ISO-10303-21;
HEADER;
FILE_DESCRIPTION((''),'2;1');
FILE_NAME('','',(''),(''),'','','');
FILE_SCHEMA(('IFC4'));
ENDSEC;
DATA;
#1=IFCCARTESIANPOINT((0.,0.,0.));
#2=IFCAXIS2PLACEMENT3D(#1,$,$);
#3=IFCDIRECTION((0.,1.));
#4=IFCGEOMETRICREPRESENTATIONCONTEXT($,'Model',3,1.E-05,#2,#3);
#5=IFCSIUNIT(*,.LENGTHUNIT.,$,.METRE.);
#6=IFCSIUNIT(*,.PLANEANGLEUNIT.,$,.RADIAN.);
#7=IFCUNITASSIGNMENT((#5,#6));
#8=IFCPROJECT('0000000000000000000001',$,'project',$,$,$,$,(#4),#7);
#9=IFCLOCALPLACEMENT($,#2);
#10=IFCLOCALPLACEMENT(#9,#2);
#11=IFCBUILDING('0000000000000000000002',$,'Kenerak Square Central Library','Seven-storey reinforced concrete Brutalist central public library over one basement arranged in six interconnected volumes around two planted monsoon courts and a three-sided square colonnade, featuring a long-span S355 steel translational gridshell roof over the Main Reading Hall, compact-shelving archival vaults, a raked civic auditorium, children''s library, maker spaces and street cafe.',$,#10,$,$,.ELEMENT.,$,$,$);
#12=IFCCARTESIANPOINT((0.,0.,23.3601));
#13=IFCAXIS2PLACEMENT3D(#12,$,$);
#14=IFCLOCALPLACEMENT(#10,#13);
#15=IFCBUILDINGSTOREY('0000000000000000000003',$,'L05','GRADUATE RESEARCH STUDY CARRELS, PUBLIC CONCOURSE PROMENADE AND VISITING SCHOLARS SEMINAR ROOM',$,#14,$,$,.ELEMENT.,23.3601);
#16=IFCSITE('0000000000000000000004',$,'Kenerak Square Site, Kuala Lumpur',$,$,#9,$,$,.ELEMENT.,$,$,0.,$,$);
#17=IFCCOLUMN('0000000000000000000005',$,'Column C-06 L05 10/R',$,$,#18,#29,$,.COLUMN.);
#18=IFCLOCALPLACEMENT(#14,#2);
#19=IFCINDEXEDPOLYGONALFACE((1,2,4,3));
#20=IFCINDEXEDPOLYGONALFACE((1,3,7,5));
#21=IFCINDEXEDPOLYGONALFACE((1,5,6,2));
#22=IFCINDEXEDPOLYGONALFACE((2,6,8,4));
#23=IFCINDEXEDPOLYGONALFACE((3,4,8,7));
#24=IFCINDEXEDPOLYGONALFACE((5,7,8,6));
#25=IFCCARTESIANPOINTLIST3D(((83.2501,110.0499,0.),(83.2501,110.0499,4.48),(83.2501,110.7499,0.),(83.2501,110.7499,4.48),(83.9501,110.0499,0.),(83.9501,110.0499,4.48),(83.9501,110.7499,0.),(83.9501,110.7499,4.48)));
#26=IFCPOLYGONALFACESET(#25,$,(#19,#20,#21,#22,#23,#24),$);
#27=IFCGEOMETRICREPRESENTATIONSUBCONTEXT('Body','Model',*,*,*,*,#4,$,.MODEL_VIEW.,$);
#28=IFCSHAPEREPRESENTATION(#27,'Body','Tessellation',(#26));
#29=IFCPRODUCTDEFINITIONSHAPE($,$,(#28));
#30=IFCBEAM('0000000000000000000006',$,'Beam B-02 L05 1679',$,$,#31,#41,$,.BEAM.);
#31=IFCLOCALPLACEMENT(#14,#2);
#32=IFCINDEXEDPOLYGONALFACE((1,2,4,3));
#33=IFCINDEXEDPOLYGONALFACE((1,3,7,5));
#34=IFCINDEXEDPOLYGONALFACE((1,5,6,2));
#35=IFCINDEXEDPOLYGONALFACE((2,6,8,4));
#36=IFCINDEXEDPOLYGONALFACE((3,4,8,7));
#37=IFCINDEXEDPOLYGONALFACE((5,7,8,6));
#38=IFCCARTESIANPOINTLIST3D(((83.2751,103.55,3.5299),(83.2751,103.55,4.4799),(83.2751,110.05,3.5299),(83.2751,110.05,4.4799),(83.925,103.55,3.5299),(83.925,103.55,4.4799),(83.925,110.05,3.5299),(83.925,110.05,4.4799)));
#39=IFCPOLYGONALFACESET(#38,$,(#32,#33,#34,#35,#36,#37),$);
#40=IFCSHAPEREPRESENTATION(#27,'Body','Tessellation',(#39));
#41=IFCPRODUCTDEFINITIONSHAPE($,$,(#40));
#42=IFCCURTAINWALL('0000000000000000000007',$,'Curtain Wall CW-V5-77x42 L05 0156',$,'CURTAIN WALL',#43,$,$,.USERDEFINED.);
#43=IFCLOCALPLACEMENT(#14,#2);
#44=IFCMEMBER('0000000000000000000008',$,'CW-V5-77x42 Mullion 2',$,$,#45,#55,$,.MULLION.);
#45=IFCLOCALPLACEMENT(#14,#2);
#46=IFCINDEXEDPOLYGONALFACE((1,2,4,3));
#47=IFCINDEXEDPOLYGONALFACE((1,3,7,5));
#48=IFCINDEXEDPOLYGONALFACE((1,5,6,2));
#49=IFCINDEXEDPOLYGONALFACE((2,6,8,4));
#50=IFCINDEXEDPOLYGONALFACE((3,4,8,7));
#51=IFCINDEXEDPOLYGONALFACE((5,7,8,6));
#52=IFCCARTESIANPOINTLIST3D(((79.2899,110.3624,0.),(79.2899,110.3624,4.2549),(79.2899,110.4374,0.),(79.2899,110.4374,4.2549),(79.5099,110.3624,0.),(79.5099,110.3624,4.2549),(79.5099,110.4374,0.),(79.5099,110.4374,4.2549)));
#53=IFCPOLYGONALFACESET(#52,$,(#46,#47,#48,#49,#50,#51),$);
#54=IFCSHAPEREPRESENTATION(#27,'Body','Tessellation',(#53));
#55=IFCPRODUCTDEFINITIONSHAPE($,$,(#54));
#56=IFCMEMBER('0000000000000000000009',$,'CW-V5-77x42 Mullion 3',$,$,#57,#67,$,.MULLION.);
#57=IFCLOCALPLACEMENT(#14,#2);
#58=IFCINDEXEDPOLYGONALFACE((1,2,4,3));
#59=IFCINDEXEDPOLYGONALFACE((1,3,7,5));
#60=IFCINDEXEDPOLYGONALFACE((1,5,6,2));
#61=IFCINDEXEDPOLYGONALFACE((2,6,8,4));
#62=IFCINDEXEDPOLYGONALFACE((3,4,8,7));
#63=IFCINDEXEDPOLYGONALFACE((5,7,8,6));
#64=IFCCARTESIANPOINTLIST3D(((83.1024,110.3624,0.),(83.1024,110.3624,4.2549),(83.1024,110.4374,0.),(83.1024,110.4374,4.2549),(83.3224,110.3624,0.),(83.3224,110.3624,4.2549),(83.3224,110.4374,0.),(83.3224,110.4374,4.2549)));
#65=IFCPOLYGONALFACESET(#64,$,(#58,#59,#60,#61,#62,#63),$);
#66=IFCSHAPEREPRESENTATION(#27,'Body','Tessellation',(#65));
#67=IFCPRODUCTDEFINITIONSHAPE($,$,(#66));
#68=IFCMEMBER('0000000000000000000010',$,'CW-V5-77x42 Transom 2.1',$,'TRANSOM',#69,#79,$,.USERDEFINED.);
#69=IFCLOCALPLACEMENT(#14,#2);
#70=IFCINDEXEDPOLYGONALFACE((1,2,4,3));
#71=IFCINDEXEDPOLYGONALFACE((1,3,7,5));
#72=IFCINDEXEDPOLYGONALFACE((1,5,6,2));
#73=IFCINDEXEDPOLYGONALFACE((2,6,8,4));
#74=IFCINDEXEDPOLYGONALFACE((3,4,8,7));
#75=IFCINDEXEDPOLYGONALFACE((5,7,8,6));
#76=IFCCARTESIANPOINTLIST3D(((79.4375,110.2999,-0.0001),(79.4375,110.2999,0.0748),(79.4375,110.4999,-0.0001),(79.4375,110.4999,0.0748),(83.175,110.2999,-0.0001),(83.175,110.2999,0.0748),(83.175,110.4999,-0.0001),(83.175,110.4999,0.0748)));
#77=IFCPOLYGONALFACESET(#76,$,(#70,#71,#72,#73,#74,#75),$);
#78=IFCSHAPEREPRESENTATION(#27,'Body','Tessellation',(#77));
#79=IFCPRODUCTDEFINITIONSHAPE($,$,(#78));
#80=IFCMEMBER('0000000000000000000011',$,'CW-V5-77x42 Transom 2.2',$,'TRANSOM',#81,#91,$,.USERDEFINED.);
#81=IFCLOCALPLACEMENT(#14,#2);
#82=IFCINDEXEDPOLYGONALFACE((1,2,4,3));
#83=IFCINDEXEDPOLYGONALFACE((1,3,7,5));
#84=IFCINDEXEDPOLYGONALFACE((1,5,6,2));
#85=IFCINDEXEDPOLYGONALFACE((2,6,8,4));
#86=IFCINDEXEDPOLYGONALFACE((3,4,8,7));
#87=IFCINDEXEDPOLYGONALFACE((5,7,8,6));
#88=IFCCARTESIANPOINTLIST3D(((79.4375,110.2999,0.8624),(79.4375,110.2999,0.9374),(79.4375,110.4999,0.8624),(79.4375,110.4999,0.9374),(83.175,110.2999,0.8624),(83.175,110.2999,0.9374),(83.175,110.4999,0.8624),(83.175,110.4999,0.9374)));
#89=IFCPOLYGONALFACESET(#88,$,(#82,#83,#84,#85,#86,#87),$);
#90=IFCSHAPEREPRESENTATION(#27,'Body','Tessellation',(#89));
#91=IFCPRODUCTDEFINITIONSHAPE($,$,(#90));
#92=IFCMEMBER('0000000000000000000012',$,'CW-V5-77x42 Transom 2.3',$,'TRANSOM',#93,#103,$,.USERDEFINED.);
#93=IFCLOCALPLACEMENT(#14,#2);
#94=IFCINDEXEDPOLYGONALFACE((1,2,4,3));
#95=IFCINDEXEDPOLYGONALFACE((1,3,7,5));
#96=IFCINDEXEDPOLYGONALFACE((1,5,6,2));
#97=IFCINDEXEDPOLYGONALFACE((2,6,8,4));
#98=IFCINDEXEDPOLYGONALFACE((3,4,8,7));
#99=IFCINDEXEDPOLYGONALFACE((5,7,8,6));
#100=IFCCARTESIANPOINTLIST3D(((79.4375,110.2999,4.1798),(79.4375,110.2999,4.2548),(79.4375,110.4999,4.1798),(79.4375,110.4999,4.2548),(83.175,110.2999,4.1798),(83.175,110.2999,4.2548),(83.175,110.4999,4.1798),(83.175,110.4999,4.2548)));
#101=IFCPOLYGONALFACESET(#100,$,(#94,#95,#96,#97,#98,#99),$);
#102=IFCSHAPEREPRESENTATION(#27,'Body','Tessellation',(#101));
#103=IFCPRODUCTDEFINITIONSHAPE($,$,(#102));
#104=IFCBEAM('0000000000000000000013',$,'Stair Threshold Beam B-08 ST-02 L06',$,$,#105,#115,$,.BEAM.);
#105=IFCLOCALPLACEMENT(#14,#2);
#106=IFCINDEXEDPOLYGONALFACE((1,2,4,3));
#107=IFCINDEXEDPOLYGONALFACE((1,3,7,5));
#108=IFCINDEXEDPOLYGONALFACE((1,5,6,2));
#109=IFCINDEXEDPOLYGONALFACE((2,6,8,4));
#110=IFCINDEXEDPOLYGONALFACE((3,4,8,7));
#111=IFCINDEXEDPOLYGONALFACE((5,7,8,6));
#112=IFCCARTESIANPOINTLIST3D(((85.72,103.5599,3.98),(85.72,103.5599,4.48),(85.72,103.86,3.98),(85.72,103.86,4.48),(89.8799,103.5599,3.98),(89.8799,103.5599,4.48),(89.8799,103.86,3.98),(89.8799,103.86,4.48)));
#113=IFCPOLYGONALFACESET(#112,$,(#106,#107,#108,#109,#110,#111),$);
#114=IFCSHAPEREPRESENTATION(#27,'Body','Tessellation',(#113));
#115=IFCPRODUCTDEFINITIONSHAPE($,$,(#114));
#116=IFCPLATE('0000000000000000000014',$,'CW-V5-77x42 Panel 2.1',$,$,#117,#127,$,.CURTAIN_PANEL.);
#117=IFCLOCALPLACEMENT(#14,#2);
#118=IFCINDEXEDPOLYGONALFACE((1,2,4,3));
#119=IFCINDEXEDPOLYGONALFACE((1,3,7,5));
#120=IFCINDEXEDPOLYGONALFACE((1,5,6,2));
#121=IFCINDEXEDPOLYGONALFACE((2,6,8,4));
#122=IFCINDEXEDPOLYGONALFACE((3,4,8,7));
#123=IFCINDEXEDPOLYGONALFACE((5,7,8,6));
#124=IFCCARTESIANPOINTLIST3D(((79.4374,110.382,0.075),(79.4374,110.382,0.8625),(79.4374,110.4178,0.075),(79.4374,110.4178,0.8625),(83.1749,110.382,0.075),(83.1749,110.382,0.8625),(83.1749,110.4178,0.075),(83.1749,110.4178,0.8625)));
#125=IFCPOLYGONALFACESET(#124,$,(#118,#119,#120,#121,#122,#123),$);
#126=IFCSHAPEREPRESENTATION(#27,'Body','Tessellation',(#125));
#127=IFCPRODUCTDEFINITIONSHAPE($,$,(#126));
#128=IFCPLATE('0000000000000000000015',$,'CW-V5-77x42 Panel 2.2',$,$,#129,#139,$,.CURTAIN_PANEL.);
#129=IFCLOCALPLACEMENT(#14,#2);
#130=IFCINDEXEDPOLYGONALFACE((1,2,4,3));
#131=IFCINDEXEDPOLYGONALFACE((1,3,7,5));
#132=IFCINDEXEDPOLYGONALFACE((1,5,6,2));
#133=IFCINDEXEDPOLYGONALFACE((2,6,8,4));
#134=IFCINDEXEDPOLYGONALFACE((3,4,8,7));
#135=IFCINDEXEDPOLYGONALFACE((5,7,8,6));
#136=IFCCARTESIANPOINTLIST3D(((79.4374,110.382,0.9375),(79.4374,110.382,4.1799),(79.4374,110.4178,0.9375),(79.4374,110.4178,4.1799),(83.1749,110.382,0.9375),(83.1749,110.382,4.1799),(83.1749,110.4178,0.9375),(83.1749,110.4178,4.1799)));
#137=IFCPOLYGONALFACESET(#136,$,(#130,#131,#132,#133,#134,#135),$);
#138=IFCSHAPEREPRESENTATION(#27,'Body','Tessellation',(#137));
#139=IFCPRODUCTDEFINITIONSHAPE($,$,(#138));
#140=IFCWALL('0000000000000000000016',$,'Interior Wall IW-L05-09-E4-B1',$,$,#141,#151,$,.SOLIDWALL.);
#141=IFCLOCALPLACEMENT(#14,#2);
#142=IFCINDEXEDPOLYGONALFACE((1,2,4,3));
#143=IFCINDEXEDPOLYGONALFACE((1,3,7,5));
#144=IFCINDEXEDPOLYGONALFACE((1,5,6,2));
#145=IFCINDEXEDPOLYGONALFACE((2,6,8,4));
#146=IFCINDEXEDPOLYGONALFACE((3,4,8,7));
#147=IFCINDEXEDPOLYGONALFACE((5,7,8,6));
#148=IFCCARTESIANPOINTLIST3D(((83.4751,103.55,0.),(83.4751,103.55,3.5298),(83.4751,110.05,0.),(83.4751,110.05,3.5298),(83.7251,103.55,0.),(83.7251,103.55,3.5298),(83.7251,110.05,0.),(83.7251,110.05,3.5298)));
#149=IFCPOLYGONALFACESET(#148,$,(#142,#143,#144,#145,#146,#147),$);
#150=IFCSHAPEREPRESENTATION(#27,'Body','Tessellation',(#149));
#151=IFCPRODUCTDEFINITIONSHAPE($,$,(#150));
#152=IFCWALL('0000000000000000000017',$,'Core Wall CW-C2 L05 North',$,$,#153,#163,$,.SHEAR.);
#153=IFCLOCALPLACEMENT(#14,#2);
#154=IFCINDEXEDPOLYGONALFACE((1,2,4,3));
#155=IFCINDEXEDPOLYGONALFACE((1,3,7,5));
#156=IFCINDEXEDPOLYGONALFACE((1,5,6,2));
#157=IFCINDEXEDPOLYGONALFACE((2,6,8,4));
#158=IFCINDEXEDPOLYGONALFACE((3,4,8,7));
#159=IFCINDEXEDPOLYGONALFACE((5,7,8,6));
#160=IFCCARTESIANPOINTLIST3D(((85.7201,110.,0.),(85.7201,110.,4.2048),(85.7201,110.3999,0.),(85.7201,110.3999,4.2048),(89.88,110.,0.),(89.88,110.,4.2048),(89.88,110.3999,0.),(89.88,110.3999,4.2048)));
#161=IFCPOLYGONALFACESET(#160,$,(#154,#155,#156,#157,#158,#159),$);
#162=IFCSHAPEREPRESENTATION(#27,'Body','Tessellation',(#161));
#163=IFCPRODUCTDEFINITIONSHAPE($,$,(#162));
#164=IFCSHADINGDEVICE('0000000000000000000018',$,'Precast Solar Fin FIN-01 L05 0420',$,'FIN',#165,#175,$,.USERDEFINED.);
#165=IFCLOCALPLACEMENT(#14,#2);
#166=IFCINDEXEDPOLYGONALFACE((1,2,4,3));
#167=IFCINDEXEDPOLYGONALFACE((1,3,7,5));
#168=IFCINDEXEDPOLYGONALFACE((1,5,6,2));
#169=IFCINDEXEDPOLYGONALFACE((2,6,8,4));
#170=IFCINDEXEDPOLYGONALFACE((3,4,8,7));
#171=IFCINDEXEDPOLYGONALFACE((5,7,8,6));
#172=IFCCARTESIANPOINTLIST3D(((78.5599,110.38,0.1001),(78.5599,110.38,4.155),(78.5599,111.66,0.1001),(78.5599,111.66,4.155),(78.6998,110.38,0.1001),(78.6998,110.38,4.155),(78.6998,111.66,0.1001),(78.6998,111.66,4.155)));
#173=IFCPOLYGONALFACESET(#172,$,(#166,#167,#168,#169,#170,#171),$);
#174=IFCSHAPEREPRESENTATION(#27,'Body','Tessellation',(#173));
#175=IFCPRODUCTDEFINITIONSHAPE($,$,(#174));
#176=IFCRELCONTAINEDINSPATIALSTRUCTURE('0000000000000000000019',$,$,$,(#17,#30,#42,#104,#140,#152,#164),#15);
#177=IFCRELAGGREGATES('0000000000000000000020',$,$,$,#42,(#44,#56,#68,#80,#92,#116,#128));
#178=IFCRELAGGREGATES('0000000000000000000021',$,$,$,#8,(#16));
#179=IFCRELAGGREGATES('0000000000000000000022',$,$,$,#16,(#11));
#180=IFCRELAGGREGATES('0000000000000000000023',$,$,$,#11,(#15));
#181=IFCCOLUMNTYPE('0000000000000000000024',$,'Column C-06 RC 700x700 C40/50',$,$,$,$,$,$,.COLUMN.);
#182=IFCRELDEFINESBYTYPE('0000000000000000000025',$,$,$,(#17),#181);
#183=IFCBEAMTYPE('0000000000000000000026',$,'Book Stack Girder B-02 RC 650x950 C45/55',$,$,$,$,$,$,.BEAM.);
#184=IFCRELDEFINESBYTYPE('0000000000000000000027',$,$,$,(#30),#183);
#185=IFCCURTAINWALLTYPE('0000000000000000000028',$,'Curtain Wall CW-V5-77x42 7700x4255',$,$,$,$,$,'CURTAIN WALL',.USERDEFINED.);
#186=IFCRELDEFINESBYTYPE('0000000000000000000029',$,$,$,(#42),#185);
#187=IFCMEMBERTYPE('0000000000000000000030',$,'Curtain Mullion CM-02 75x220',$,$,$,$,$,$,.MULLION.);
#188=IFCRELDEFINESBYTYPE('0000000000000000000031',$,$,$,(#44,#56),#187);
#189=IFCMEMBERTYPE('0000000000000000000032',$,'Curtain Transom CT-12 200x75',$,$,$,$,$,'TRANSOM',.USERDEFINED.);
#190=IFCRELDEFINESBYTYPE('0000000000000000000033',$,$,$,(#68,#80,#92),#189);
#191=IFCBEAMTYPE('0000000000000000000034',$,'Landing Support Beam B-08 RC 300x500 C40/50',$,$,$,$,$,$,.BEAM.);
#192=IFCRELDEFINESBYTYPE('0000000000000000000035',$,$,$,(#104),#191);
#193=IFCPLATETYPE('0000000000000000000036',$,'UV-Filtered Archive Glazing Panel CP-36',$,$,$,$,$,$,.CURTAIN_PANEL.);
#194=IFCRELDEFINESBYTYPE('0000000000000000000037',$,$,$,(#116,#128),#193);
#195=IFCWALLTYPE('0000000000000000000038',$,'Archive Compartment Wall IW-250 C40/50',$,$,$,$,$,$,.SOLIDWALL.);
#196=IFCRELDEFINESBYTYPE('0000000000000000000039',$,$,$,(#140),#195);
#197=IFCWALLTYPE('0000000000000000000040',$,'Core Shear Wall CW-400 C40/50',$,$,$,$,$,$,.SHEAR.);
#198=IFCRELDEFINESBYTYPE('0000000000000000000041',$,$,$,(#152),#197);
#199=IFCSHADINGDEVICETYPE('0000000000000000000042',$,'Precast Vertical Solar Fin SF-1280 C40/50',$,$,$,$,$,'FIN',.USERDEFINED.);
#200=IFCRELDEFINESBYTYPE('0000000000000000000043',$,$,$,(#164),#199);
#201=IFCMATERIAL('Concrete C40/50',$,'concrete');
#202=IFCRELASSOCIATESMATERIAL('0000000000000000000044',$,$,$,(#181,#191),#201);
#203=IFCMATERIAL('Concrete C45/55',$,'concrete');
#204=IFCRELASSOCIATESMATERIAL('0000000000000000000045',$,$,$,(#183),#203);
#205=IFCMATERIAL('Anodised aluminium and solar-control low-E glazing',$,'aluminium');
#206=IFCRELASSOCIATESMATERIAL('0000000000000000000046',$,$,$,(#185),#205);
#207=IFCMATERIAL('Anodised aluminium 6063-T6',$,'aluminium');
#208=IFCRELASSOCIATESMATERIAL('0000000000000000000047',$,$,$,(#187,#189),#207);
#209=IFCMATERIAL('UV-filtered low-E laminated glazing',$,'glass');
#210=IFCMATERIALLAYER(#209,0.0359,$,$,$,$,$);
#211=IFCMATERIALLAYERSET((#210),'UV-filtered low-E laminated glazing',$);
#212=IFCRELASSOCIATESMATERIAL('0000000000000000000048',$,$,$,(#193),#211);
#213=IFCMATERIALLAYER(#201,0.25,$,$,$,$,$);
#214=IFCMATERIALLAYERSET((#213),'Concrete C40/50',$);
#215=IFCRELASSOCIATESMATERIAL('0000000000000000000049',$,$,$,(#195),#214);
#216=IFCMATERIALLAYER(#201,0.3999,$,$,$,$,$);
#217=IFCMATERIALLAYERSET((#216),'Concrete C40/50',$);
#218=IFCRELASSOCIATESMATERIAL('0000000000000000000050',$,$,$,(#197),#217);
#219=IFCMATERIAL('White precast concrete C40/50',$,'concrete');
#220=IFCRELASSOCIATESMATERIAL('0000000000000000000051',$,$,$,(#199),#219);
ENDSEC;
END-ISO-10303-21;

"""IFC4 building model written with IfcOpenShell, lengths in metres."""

from ifc_helpers import new_model, si_unit, direction, frame, frame_2d, origin, origin_2d, place, context, subcontext, project, spatial, rectangle, extrude, material, layer, layer_set, material_profile, profile_set, type_object, element, aggregate, save


model = new_model("IFC4")

# Units and contexts
model_context = context("Model", 3, precision=1e-05, world=origin(), true_north=direction((0.0, 1.0)))
body_context = subcontext(model_context, "Body", "Model", "MODEL_VIEW")
ifc_project = project(units=[si_unit("LENGTHUNIT", "METRE"), si_unit("PLANEANGLEUNIT", "RADIAN")], contexts=[model_context])

# Site, building, storey
site_placement = place(None, origin())
site = spatial("IfcSite", under=ifc_project, at=site_placement, Name="Kenerak Square Site, Kuala Lumpur", CompositionType="ELEMENT", RefElevation=0.0)
building_placement = place(site_placement, origin())
building = spatial("IfcBuilding", under=site, at=building_placement, Name="Kenerak Square Central Library", Description="Seven-storey reinforced concrete Brutalist central public library over one basement arranged in six interconnected volumes around two planted monsoon courts and a three-sided square colonnade, featuring a long-span S355 steel translational gridshell roof over the Main Reading Hall, compact-shelving archival vaults, a raked civic auditorium, children's library, maker spaces and street cafe.", CompositionType="ELEMENT")
storey_placement = place(building_placement, frame((0.0, 0.0, 23.3601)))
storey = spatial("IfcBuildingStorey", under=building, at=storey_placement, Name="L05", Description="GRADUATE RESEARCH STUDY CARRELS, PUBLIC CONCOURSE PROMENADE AND VISITING SCHOLARS SEMINAR ROOM", CompositionType="ELEMENT", Elevation=23.3601)

# Column
ifc_material_1 = material(Name="Concrete C40/50", Category="concrete")
ifc_material_profile_1 = material_profile(ifc_material_1, rectangle(XDim=0.7, YDim=0.7, at=origin_2d()), Name="RC 700x700")
ifc_profile_set_1 = profile_set([ifc_material_profile_1], Name="Concrete C40/50")
column_type = type_object("IfcColumnType", Name="Column C-06 RC 700x700 C40/50", PredefinedType="COLUMN", material=ifc_profile_set_1)
column_placement = place(storey_placement, frame((83.6001, 110.3999, 0.0), z_axis=(0.0, 0.0, 1.0), x_axis=(1.0, 0.0, 0.0)))
element("IfcColumn", 1, at=column_placement, inside=storey, type_object=column_type, Name="Column C-06 L05 10/R", PredefinedType="COLUMN", context=body_context, shape_type="SweptSolid", body=[
    extrude(rectangle(XDim=0.7, YDim=0.7, at=origin_2d()), origin(), (0.0, 0.0, 1.0), 4.48),
])

# Beam
ifc_material_2 = material(Name="Concrete C45/55", Category="concrete")
ifc_material_profile_2 = material_profile(ifc_material_2, rectangle(XDim=0.6499, YDim=0.95, at=origin_2d()), Name="RC 650x950")
ifc_profile_set_2 = profile_set([ifc_material_profile_2], Name="Concrete C45/55")
beam_type_1 = type_object("IfcBeamType", Name="Book Stack Girder B-02 RC 650x950 C45/55", PredefinedType="BEAM", material=ifc_profile_set_2)
beam_1_placement = place(storey_placement, frame((83.6001, 103.55, 4.0049), z_axis=(0.0, 1.0, 0.0), x_axis=(-1.0, 0.0, 0.0)))
element("IfcBeam", 2, at=beam_1_placement, inside=storey, type_object=beam_type_1, Name="Beam B-02 L05 1679", PredefinedType="BEAM", context=body_context, shape_type="SweptSolid", body=[
    extrude(rectangle(XDim=0.6499, YDim=0.95, at=origin_2d()), origin(), (0.0, 0.0, 1.0), 6.5),
])

# Curtain wall, members
ifc_material_3 = material(Name="Anodised aluminium and solar-control low-E glazing", Category="aluminium")
curtain_wall_type = type_object("IfcCurtainWallType", Name="Curtain Wall CW-V5-77x42 7700x4255", ElementType="CURTAIN WALL", PredefinedType="USERDEFINED", material=ifc_material_3)
curtain_wall_placement = place(storey_placement, origin())
curtain_wall = element("IfcCurtainWall", 3, at=curtain_wall_placement, inside=storey, type_object=curtain_wall_type, Name="Curtain Wall CW-V5-77x42 L05 0156", ObjectType="CURTAIN WALL", PredefinedType="USERDEFINED")
ifc_material_4 = material(Name="Anodised aluminium 6063-T6", Category="aluminium")
ifc_material_profile_3 = material_profile(ifc_material_4, rectangle(XDim=0.075, YDim=0.22, at=origin_2d()), Name="AL MULLION 75x220")
ifc_profile_set_3 = profile_set([ifc_material_profile_3], Name="Anodised aluminium 6063-T6")
member_type_1 = type_object("IfcMemberType", Name="Curtain Mullion CM-02 75x220", PredefinedType="MULLION", material=ifc_profile_set_3)
member_1_placement = place(storey_placement, frame((79.3999, 110.3999, 0.0), z_axis=(0.0, 0.0, 1.0), x_axis=(0.0, 1.0, 0.0)))
member_1 = element("IfcMember", 4, at=member_1_placement, type_object=member_type_1, Name="CW-V5-77x42 Mullion 2", PredefinedType="MULLION", context=body_context, shape_type="SweptSolid", body=[
    extrude(rectangle(XDim=0.075, YDim=0.22, at=origin_2d()), origin(), (0.0, 0.0, 1.0), 4.2549),
])
member_2_placement = place(storey_placement, frame((83.2124, 110.3999, 0.0), z_axis=(0.0, 0.0, 1.0), x_axis=(0.0, 1.0, 0.0)))
member_2 = element("IfcMember", 5, at=member_2_placement, type_object=member_type_1, Name="CW-V5-77x42 Mullion 3", PredefinedType="MULLION", context=body_context, shape_type="SweptSolid", body=[
    extrude(rectangle(XDim=0.075, YDim=0.22, at=origin_2d()), origin(), (0.0, 0.0, 1.0), 4.2549),
])
ifc_material_profile_4 = material_profile(ifc_material_4, rectangle(XDim=0.2, YDim=0.075, at=origin_2d()), Name="AL TRANSOM 200x75")
ifc_profile_set_4 = profile_set([ifc_material_profile_4], Name="Anodised aluminium 6063-T6")
member_type_2 = type_object("IfcMemberType", Name="Curtain Transom CT-12 200x75", ElementType="TRANSOM", PredefinedType="USERDEFINED", material=ifc_profile_set_4)
member_3_placement = place(storey_placement, frame((79.4375, 110.3999, 0.0374), z_axis=(1.0, 0.0, 0.0), x_axis=(0.0, 1.0, 0.0)))
member_3 = element("IfcMember", 6, at=member_3_placement, type_object=member_type_2, Name="CW-V5-77x42 Transom 2.1", ObjectType="TRANSOM", PredefinedType="USERDEFINED", context=body_context, shape_type="SweptSolid", body=[
    extrude(rectangle(XDim=0.2, YDim=0.075, at=origin_2d()), origin(), (0.0, 0.0, 1.0), 3.7375),
])
member_4_placement = place(storey_placement, frame((79.4375, 110.3999, 0.8999), z_axis=(1.0, 0.0, 0.0), x_axis=(0.0, 1.0, 0.0)))
member_4 = element("IfcMember", 7, at=member_4_placement, type_object=member_type_2, Name="CW-V5-77x42 Transom 2.2", ObjectType="TRANSOM", PredefinedType="USERDEFINED", context=body_context, shape_type="SweptSolid", body=[
    extrude(rectangle(XDim=0.2, YDim=0.075, at=origin_2d()), origin(), (0.0, 0.0, 1.0), 3.7375),
])
member_5_placement = place(storey_placement, frame((79.4375, 110.3999, 4.2173), z_axis=(1.0, 0.0, 0.0), x_axis=(0.0, 1.0, 0.0)))
member_5 = element("IfcMember", 8, at=member_5_placement, type_object=member_type_2, Name="CW-V5-77x42 Transom 2.3", ObjectType="TRANSOM", PredefinedType="USERDEFINED", context=body_context, shape_type="SweptSolid", body=[
    extrude(rectangle(XDim=0.2, YDim=0.075, at=origin_2d()), origin(), (0.0, 0.0, 1.0), 3.7375),
])

# Beam
ifc_material_profile_5 = material_profile(ifc_material_1, rectangle(XDim=0.3, YDim=0.5, at=origin_2d()), Name="RC 300x500")
ifc_profile_set_5 = profile_set([ifc_material_profile_5], Name="Concrete C40/50")
beam_type_2 = type_object("IfcBeamType", Name="Landing Support Beam B-08 RC 300x500 C40/50", PredefinedType="BEAM", material=ifc_profile_set_5)
beam_2_placement = place(storey_placement, frame((85.72, 103.71, 4.23), z_axis=(1.0, 0.0, 0.0), x_axis=(0.0, 1.0, 0.0)))
element("IfcBeam", 9, at=beam_2_placement, inside=storey, type_object=beam_type_2, Name="Stair Threshold Beam B-08 ST-02 L06", PredefinedType="BEAM", context=body_context, shape_type="SweptSolid", body=[
    extrude(rectangle(XDim=0.3, YDim=0.5, at=origin_2d()), origin(), (0.0, 0.0, 1.0), 4.1599),
])

# Plates
ifc_material_5 = material(Name="UV-filtered low-E laminated glazing", Category="glass")
ifc_layer_1 = layer(ifc_material_5, 0.0359)
ifc_layer_set_1 = layer_set([ifc_layer_1], Name="UV-filtered low-E laminated glazing")
plate_type = type_object("IfcPlateType", Name="UV-Filtered Archive Glazing Panel CP-36", PredefinedType="CURTAIN_PANEL", material=ifc_layer_set_1)
plate_1_placement = place(storey_placement, frame((81.3062, 110.3999, 0.075), z_axis=(0.0, 0.0, 1.0), x_axis=(1.0, 0.0, 0.0)))
plate_1 = element("IfcPlate", 10, at=plate_1_placement, type_object=plate_type, Name="CW-V5-77x42 Panel 2.1", PredefinedType="CURTAIN_PANEL", context=body_context, shape_type="SweptSolid", body=[
    extrude(rectangle(XDim=3.7375, YDim=0.0359, at=origin_2d()), origin(), (0.0, 0.0, 1.0), 0.7876),
])
plate_2_placement = place(storey_placement, frame((81.3062, 110.3999, 0.9375), z_axis=(0.0, 0.0, 1.0), x_axis=(1.0, 0.0, 0.0)))
plate_2 = element("IfcPlate", 11, at=plate_2_placement, type_object=plate_type, Name="CW-V5-77x42 Panel 2.2", PredefinedType="CURTAIN_PANEL", context=body_context, shape_type="SweptSolid", body=[
    extrude(rectangle(XDim=3.7375, YDim=0.0359, at=origin_2d()), origin(), (0.0, 0.0, 1.0), 3.2424),
])
aggregate(curtain_wall, [member_1, member_2, member_3, member_4, member_5, plate_1, plate_2])

# Walls
ifc_layer_2 = layer(ifc_material_1, 0.25)
ifc_layer_set_2 = layer_set([ifc_layer_2], Name="Concrete C40/50")
wall_type_1 = type_object("IfcWallType", Name="Archive Compartment Wall IW-250 C40/50", PredefinedType="SOLIDWALL", material=ifc_layer_set_2)
wall_1_placement = place(storey_placement, frame((83.6001, 110.05, 0.0), z_axis=(0.0, 0.0, 1.0), x_axis=(0.0, -1.0, 0.0)))
element("IfcWall", 12, at=wall_1_placement, inside=storey, type_object=wall_type_1, Name="Interior Wall IW-L05-09-E4-B1", PredefinedType="SOLIDWALL", context=body_context, shape_type="SweptSolid", body=[
    extrude(rectangle(XDim=6.5, YDim=0.25, at=frame_2d((3.25, 0.0))), origin(), (0.0, 0.0, 1.0), 3.5298),
])
ifc_layer_3 = layer(ifc_material_1, 0.3999)
ifc_layer_set_3 = layer_set([ifc_layer_3], Name="Concrete C40/50")
wall_type_2 = type_object("IfcWallType", Name="Core Shear Wall CW-400 C40/50", PredefinedType="SHEAR", material=ifc_layer_set_3)
wall_2_placement = place(storey_placement, frame((85.72, 110.2, 0.0), z_axis=(0.0, 0.0, 1.0), x_axis=(1.0, 0.0, 0.0)))
element("IfcWall", 13, at=wall_2_placement, inside=storey, type_object=wall_type_2, Name="Core Wall CW-C2 L05 North", PredefinedType="SHEAR", context=body_context, shape_type="SweptSolid", body=[
    extrude(rectangle(XDim=4.1599, YDim=0.3999, at=frame_2d((2.0801, 0.0))), origin(), (0.0, 0.0, 1.0), 4.2048),
])

# Shading device
ifc_material_6 = material(Name="White precast concrete C40/50", Category="concrete")
shading_device_type = type_object("IfcShadingDeviceType", Name="Precast Vertical Solar Fin SF-1280 C40/50", ElementType="FIN", PredefinedType="USERDEFINED", material=ifc_material_6)
for number, where, z_axis, x_axis, name in (
    (14, (78.6299, 111.02, 0.1001), (0.0, 0.0, 1.0), (1.0, 0.0, 0.0), "Precast Solar Fin FIN-01 L05 0420"),
):
    element("IfcShadingDevice", number, at=place(storey_placement, frame(where, z_axis=z_axis, x_axis=x_axis)), inside=storey, type_object=shading_device_type, Name=name, ObjectType="FIN", PredefinedType="USERDEFINED", context=body_context, shape_type="SweptSolid", body=[
        extrude(rectangle(XDim=0.1399, YDim=1.28, at=origin_2d()), origin(), (0.0, 0.0, 1.0), 4.0549),
    ])

save(model, "model.ifc")
